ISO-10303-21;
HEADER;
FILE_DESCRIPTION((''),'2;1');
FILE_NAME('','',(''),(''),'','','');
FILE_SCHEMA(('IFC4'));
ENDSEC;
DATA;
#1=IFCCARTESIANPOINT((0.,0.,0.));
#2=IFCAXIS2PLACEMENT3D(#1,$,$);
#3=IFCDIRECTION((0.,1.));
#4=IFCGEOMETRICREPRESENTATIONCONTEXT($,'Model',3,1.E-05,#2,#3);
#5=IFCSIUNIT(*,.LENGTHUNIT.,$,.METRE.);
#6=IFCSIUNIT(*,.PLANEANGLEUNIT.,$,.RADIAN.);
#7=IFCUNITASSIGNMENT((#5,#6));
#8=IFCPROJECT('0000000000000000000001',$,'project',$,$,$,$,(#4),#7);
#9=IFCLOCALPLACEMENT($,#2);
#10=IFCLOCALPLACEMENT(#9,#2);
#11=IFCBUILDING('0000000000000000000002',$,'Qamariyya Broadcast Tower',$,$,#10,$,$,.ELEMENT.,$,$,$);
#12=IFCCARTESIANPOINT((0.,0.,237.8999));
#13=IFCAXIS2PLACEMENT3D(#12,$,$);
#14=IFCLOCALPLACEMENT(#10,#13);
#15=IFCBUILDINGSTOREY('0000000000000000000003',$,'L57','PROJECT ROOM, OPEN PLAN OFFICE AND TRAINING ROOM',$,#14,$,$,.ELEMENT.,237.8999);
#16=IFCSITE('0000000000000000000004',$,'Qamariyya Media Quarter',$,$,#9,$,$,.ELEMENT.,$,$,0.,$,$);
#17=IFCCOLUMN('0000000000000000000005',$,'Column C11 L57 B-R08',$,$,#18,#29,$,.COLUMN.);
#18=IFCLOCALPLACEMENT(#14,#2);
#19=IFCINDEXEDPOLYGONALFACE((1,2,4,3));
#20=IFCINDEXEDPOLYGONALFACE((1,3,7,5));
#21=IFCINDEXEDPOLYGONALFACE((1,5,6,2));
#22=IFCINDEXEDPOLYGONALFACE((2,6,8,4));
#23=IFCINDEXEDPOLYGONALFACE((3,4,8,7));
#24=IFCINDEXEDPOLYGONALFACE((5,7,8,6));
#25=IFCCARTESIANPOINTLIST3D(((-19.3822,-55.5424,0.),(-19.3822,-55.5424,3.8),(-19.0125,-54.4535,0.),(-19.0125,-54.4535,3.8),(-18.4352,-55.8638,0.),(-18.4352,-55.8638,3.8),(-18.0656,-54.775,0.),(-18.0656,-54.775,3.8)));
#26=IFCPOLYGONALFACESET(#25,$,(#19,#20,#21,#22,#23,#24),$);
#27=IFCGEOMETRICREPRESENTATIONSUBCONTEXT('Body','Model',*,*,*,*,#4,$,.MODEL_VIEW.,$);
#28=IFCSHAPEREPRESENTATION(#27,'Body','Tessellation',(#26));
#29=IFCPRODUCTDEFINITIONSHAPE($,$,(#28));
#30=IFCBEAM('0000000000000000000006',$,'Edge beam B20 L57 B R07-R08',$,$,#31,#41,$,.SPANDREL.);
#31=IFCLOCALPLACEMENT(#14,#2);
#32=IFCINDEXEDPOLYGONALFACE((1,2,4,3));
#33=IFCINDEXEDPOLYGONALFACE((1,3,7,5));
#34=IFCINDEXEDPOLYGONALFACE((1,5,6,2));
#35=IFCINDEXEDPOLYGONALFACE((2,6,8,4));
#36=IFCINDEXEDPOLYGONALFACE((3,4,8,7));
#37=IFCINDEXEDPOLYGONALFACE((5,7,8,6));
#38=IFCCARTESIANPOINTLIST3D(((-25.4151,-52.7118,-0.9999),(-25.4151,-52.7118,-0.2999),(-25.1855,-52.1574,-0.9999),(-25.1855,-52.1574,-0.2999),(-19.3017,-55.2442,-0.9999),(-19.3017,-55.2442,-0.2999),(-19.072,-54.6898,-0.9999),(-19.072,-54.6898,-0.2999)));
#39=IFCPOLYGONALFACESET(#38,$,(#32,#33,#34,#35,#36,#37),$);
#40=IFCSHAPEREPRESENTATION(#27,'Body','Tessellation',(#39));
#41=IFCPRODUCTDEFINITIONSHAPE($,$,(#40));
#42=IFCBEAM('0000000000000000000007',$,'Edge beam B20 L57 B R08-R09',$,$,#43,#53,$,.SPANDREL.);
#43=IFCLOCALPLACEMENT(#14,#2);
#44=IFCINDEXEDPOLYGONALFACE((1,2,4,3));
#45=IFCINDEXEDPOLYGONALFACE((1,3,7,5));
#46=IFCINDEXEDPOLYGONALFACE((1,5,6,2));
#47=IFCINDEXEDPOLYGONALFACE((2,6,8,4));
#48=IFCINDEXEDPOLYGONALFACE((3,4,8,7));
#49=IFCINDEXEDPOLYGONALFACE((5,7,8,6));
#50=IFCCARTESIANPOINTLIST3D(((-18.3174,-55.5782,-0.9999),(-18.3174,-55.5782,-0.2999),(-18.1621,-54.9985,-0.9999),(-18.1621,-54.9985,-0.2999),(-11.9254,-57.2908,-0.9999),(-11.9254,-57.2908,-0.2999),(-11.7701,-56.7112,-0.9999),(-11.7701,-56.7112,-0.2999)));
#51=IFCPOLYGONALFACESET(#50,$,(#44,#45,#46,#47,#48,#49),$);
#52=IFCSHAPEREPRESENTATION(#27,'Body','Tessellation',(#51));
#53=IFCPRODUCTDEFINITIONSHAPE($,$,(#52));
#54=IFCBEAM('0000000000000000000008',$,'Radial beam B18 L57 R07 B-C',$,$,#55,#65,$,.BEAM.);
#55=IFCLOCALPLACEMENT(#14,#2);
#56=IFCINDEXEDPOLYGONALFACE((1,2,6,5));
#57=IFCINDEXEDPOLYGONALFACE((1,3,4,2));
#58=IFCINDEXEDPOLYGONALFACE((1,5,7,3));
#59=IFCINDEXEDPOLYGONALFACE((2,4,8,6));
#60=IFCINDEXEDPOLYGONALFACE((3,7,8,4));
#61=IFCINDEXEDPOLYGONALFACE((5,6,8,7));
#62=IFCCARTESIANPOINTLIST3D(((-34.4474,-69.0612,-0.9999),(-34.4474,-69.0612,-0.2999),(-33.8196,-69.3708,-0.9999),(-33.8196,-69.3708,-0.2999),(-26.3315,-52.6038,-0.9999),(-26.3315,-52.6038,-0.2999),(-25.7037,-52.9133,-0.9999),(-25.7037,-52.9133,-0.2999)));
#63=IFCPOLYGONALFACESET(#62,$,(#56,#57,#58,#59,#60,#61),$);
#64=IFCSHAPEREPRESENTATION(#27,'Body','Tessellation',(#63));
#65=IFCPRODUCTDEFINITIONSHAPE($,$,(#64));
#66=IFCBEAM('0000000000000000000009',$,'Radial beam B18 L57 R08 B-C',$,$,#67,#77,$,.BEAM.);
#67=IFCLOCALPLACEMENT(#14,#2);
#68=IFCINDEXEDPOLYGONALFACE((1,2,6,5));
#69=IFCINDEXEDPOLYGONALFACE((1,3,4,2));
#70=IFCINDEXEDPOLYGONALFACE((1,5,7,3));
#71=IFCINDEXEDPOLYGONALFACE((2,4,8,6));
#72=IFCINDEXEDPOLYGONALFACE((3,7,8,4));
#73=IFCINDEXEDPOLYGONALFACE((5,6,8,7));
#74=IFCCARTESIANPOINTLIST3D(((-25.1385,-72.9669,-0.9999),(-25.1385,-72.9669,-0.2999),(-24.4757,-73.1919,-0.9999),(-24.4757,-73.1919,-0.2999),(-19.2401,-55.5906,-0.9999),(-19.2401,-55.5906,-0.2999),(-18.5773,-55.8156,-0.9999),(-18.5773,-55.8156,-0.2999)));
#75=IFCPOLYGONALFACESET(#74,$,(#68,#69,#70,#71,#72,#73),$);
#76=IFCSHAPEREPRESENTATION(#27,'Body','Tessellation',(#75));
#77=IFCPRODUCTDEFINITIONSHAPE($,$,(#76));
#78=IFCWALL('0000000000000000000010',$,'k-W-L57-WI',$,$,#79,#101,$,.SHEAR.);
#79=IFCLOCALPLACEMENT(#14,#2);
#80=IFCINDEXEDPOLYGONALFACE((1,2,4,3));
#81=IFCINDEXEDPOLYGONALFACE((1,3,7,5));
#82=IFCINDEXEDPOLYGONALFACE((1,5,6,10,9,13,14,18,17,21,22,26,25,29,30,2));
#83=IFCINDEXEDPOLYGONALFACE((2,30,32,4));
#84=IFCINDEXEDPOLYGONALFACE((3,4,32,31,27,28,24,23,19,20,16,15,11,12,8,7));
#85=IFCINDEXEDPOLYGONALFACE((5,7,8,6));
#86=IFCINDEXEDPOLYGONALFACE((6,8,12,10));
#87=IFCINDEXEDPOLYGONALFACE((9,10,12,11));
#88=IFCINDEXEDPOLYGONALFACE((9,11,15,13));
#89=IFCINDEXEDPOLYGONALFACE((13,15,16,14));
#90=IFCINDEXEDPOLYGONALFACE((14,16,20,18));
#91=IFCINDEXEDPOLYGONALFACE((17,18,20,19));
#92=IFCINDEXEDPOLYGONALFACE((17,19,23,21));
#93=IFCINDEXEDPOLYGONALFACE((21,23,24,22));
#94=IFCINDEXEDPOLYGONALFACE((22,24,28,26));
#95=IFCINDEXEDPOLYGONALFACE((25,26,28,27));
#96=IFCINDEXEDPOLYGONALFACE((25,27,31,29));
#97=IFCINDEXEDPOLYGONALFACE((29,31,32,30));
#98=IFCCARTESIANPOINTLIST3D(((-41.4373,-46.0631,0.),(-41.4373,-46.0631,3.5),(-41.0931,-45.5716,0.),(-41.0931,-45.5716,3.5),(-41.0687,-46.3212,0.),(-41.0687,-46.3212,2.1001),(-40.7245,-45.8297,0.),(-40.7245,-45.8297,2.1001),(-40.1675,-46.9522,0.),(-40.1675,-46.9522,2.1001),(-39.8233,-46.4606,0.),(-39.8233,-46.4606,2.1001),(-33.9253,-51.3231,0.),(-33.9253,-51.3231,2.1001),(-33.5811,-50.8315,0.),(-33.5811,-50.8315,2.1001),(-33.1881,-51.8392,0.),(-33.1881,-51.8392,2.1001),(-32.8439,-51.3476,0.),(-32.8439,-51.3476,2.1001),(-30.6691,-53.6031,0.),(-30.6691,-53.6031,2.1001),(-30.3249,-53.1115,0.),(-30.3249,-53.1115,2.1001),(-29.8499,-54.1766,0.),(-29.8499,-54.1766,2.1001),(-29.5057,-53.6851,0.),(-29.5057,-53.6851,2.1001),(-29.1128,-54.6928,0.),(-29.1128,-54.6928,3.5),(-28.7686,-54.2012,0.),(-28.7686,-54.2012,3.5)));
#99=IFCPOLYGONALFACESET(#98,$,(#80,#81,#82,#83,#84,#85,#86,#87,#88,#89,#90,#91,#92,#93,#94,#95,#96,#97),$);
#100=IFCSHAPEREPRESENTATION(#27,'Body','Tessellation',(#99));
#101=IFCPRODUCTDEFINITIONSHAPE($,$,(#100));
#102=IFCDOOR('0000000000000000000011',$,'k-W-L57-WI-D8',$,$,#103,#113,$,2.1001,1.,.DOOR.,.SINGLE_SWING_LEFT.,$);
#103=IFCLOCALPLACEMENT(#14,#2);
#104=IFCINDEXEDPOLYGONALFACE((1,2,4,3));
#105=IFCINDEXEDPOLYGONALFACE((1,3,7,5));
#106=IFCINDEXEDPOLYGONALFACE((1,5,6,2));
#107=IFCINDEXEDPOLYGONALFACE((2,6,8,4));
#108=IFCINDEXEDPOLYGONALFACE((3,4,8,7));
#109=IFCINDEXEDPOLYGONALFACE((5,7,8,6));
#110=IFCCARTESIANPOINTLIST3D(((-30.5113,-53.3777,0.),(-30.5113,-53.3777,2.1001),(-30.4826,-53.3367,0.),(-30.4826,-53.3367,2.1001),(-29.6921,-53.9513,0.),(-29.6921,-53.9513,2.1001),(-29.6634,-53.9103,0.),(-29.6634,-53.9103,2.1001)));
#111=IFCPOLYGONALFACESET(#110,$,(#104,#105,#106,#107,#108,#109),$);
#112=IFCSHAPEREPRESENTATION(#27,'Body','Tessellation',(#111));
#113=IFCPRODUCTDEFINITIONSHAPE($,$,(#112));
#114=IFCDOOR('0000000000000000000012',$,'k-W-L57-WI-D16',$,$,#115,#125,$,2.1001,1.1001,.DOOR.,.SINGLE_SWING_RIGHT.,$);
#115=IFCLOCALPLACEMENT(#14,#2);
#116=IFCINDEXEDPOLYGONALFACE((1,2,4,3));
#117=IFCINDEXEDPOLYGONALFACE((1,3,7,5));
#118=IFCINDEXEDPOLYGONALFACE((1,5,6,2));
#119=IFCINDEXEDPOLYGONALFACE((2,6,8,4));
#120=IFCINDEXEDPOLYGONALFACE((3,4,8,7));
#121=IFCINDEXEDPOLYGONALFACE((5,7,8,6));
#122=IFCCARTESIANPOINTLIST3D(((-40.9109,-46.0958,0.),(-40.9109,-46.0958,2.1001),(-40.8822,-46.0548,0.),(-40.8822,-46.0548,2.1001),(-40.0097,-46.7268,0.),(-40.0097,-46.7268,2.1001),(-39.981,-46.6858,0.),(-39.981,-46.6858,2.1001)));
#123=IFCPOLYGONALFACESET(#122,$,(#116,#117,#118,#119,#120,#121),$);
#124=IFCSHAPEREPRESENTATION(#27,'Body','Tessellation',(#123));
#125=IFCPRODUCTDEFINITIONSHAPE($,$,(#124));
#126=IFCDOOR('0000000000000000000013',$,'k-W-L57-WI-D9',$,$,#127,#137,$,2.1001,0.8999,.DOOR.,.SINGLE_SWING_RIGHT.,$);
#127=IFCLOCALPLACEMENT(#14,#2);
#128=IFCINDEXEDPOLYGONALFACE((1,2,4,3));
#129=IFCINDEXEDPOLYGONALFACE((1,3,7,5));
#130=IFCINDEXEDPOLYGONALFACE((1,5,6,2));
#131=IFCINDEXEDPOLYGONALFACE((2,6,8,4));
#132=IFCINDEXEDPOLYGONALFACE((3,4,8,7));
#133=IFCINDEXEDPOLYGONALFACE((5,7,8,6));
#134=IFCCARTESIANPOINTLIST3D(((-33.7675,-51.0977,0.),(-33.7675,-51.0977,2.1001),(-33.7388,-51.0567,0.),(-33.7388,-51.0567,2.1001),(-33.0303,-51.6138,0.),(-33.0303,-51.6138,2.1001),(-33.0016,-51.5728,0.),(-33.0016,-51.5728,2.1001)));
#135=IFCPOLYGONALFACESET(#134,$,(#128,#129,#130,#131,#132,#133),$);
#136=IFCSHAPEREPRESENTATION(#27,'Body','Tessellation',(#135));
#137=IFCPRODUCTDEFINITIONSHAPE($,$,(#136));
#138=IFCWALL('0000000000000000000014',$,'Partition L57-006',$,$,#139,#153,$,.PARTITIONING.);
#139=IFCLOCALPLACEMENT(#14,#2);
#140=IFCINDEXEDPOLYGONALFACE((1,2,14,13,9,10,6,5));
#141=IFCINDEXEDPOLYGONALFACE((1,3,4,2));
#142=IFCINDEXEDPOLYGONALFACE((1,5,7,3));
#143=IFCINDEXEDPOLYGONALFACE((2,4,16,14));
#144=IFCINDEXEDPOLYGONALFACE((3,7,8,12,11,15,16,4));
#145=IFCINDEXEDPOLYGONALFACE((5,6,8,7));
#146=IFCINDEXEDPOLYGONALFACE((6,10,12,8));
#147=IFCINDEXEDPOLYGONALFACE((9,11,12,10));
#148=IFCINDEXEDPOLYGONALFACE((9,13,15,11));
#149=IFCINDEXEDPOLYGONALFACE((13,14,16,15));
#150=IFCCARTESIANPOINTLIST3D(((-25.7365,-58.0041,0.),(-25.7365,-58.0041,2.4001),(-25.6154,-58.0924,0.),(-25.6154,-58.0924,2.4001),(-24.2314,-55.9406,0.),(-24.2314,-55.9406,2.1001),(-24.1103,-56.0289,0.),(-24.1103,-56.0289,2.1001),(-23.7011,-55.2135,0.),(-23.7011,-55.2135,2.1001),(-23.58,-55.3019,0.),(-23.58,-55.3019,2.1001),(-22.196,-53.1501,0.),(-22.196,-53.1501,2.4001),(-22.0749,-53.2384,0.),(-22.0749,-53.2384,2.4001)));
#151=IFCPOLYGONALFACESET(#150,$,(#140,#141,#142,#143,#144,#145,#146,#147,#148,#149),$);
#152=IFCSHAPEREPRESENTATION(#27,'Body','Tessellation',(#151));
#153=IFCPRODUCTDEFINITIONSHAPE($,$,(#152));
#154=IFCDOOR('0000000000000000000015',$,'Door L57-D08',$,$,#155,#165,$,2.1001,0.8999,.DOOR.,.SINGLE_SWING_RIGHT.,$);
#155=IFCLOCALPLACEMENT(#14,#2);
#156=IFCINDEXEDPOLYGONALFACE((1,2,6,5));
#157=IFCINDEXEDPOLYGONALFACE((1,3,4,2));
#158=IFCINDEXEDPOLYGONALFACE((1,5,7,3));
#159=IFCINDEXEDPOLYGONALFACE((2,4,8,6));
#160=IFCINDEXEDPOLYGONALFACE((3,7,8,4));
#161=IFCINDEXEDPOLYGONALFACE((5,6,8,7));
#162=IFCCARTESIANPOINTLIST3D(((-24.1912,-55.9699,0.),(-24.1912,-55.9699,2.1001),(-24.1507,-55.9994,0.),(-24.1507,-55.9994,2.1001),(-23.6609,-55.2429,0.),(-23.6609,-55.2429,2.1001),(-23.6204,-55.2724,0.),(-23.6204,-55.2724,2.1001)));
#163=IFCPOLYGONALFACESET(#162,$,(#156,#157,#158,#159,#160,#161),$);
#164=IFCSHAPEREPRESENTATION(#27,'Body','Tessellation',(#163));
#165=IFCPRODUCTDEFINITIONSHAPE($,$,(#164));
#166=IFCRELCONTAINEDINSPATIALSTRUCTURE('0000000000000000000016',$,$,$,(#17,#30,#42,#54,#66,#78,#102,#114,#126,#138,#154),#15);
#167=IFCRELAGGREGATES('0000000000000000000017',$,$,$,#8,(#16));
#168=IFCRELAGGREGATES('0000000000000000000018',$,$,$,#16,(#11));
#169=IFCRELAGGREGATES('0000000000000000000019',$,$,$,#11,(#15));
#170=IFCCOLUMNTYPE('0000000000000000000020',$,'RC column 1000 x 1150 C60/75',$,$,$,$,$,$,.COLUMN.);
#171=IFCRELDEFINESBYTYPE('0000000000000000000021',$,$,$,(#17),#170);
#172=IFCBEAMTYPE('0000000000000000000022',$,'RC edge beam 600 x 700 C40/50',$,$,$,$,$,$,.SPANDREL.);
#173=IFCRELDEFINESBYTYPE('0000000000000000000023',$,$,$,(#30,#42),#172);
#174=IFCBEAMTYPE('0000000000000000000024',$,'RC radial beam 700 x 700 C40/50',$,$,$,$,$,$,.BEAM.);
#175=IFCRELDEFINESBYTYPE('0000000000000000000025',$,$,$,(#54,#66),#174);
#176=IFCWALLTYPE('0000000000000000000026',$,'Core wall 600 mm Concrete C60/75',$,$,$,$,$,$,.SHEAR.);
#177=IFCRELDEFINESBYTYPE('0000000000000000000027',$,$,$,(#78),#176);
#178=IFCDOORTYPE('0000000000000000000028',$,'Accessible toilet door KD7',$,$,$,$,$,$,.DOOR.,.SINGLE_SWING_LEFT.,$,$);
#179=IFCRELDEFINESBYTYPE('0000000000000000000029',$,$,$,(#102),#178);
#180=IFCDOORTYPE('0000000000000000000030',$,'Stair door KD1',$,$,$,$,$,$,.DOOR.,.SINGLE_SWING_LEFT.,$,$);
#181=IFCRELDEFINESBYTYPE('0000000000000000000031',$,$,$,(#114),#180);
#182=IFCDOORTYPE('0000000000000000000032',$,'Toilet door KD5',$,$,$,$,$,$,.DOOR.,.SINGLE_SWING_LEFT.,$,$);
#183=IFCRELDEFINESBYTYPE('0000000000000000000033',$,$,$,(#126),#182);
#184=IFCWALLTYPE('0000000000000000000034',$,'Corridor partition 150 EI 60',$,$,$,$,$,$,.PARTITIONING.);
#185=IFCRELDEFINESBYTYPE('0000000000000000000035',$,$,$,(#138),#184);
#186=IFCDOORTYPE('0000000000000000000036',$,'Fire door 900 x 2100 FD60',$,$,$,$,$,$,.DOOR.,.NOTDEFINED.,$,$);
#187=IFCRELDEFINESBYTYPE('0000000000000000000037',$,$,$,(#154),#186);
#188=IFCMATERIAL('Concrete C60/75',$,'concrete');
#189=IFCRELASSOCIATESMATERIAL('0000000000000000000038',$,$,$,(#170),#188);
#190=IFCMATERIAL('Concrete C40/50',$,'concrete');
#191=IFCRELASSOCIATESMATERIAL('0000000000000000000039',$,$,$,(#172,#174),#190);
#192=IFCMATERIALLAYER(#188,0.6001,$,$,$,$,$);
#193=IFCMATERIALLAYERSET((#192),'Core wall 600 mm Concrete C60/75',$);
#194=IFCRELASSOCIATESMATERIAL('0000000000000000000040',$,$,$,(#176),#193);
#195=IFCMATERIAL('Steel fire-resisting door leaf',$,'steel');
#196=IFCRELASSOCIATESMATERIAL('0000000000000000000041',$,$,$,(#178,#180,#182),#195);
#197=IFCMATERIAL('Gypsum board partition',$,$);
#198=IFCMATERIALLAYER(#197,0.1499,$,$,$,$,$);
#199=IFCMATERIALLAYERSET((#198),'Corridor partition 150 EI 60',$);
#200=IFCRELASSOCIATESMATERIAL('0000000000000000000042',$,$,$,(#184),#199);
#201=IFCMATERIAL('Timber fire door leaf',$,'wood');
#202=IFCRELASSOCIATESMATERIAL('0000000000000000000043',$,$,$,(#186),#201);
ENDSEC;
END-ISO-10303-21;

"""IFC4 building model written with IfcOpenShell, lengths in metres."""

from ifc_helpers import new_model, si_unit, direction, frame, frame_2d, origin, origin_2d, place, context, subcontext, project, spatial, rectangle, extrude, material, layer, layer_set, material_profile, profile_set, type_object, element, fill, save


model = new_model("IFC4")

# Units and contexts
model_context = context("Model", 3, precision=1e-05, world=origin(), true_north=direction((0.0, 1.0)))
body_context = subcontext(model_context, "Body", "Model", "MODEL_VIEW")
ifc_project = project(units=[si_unit("LENGTHUNIT", "METRE"), si_unit("PLANEANGLEUNIT", "RADIAN")], contexts=[model_context])

# Site, building, storey
site_placement = place(None, origin())
site = spatial("IfcSite", under=ifc_project, at=site_placement, Name="Qamariyya Media Quarter", CompositionType="ELEMENT", RefElevation=0.0)
building_placement = place(site_placement, origin())
building = spatial("IfcBuilding", under=site, at=building_placement, Name="Qamariyya Broadcast Tower", CompositionType="ELEMENT")
storey_placement = place(building_placement, frame((0.0, 0.0, 237.8999)))
storey = spatial("IfcBuildingStorey", under=building, at=storey_placement, Name="L57", Description="PROJECT ROOM, OPEN PLAN OFFICE AND TRAINING ROOM", CompositionType="ELEMENT", Elevation=237.8999)

# Column
ifc_material_1 = material(Name="Concrete C60/75", Category="concrete")
ifc_material_profile_1 = material_profile(ifc_material_1, rectangle(XDim=1.0, YDim=1.1499, at=origin_2d()))
ifc_profile_set_1 = profile_set([ifc_material_profile_1], Name="Concrete C60/75")
column_type = type_object("IfcColumnType", Name="RC column 1000 x 1150 C60/75", PredefinedType="COLUMN", material=ifc_profile_set_1)
column_placement = place(storey_placement, frame((-18.7239, -55.1587, 0.0), z_axis=(0.0, 0.0, 1.0), x_axis=(0.94693, -0.321439, 0.0)))
element("IfcColumn", 1, at=column_placement, inside=storey, type_object=column_type, Name="Column C11 L57 B-R08", PredefinedType="COLUMN", context=body_context, shape_type="SweptSolid", body=[
    extrude(rectangle(XDim=1.0, YDim=1.1499, at=origin_2d()), origin(), (0.0, 0.0, 1.0), 3.8),
])

# Beams
ifc_material_2 = material(Name="Concrete C40/50", Category="concrete")
ifc_material_profile_2 = material_profile(ifc_material_2, rectangle(XDim=0.6001, YDim=0.7, at=origin_2d()))
ifc_profile_set_2 = profile_set([ifc_material_profile_2], Name="Concrete C40/50")
beam_type_1 = type_object("IfcBeamType", Name="RC edge beam 600 x 700 C40/50", PredefinedType="SPANDREL", material=ifc_profile_set_2)
beam_1_placement = place(storey_placement, frame((-25.3003, -52.4346, -0.6499), z_axis=(0.923871, -0.382705, 0.0), x_axis=(0.382705, 0.923871, 0.0)))
element("IfcBeam", 2, at=beam_1_placement, inside=storey, type_object=beam_type_1, Name="Edge beam B20 L57 B R07-R08", PredefinedType="SPANDREL", context=body_context, shape_type="SweptSolid", body=[
    extrude(rectangle(XDim=0.6001, YDim=0.7, at=origin_2d()), origin(), (0.0, 0.0, 1.0), 6.6172),
])
beam_2_placement = place(storey_placement, frame((-18.2397, -55.2883, -0.6499), z_axis=(0.965927, -0.258813, 0.0), x_axis=(0.258813, 0.965927, 0.0)))
element("IfcBeam", 3, at=beam_2_placement, inside=storey, type_object=beam_type_1, Name="Edge beam B20 L57 B R08-R09", PredefinedType="SPANDREL", context=body_context, shape_type="SweptSolid", body=[
    extrude(rectangle(XDim=0.6001, YDim=0.7, at=origin_2d()), origin(), (0.0, 0.0, 1.0), 6.6174),
])
ifc_material_profile_3 = material_profile(ifc_material_2, rectangle(XDim=0.7, YDim=0.7, at=origin_2d()))
ifc_profile_set_3 = profile_set([ifc_material_profile_3], Name="Concrete C40/50")
beam_type_2 = type_object("IfcBeamType", Name="RC radial beam 700 x 700 C40/50", PredefinedType="BEAM", material=ifc_profile_set_3)
beam_3_placement = place(storey_placement, frame((-26.0176, -52.7585, -0.6499), z_axis=(-0.442289, -0.896872, 0.0), x_axis=(0.896872, -0.442289, 0.0)))
element("IfcBeam", 4, at=beam_3_placement, inside=storey, type_object=beam_type_2, Name="Radial beam B18 L57 R07 B-C", PredefinedType="BEAM", context=body_context, shape_type="SweptSolid", body=[
    extrude(rectangle(XDim=0.7, YDim=0.7, at=origin_2d()), origin(), (0.0, 0.0, 1.0), 18.3499),
])
beam_4_placement = place(storey_placement, frame((-18.9087, -55.7031, -0.6499), z_axis=(-0.32144, -0.94693, 0.0), x_axis=(0.94693, -0.32144, 0.0)))
element("IfcBeam", 5, at=beam_4_placement, inside=storey, type_object=beam_type_2, Name="Radial beam B18 L57 R08 B-C", PredefinedType="BEAM", context=body_context, shape_type="SweptSolid", body=[
    extrude(rectangle(XDim=0.7, YDim=0.7, at=origin_2d()), origin(), (0.0, 0.0, 1.0), 18.3501),
])

# Wall, openings, doors
ifc_layer_1 = layer(ifc_material_1, 0.6001)
ifc_layer_set_1 = layer_set([ifc_layer_1], Name="Core wall 600 mm Concrete C60/75")
wall_type_1 = type_object("IfcWallType", Name="Core wall 600 mm Concrete C60/75", PredefinedType="SHEAR", material=ifc_layer_set_1)
wall_1_placement = place(storey_placement, frame((-28.9407, -54.447, 0.0), z_axis=(0.0, 0.0, 1.0), x_axis=(-0.819153, 0.573575, 0.0)))
wall_1 = element("IfcWall", 6, at=wall_1_placement, inside=storey, type_object=wall_type_1, Name="k-W-L57-WI", PredefinedType="SHEAR", context=body_context, shape_type="SweptSolid", body=[
    extrude(rectangle(XDim=15.0454, YDim=0.6001, at=frame_2d((7.5227, 0.0))), origin(), (0.0, 0.0, 1.0), 3.5),
])
opening_1_placement = place(wall_1_placement, frame((0.8999, 0.0, 0.0)))
opening_1 = element("IfcOpeningElement", 7, at=opening_1_placement, cuts=wall_1, PredefinedType="OPENING", context=body_context, shape_type="SweptSolid", body=[
    extrude(rectangle(XDim=1.0, YDim=2.1001, at=frame_2d((0.5, 1.05))), frame((0.0, 0.3101, 0.0), z_axis=(0.0, -1.0, 0.0), x_axis=(1.0, 0.0, 0.0)), (0.0, 0.0, 1.0), 0.6201),
])
opening_2_placement = place(wall_1_placement, frame((4.9751, 0.0, 0.0)))
opening_2 = element("IfcOpeningElement", 8, at=opening_2_placement, cuts=wall_1, PredefinedType="OPENING", context=body_context, shape_type="SweptSolid", body=[
    extrude(rectangle(XDim=0.8999, YDim=2.1001, at=frame_2d((0.45, 1.05))), frame((0.0, 0.3101, 0.0), z_axis=(0.0, -1.0, 0.0), x_axis=(1.0, 0.0, 0.0)), (0.0, 0.0, 1.0), 0.6201),
])
opening_3_placement = place(wall_1_placement, frame((13.4954, 0.0, 0.0)))
opening_3 = element("IfcOpeningElement", 9, at=opening_3_placement, cuts=wall_1, PredefinedType="OPENING", context=body_context, shape_type="SweptSolid", body=[
    extrude(rectangle(XDim=1.1001, YDim=2.1001, at=frame_2d((0.55, 1.05))), frame((0.0, 0.3101, 0.0), z_axis=(0.0, -1.0, 0.0), x_axis=(1.0, 0.0, 0.0)), (0.0, 0.0, 1.0), 0.6201),
])
ifc_material_3 = material(Name="Steel fire-resisting door leaf", Category="steel")
door_type_1 = type_object("IfcDoorType", Name="Accessible toilet door KD7", OperationType="SINGLE_SWING_LEFT", PredefinedType="DOOR", material=ifc_material_3)
door_1_placement = place(opening_1_placement, origin())
door_1 = element("IfcDoor", 10, at=door_1_placement, inside=storey, type_object=door_type_1, Name="k-W-L57-WI-D8", OperationType="SINGLE_SWING_LEFT", OverallHeight=2.1001, OverallWidth=1.0, PredefinedType="DOOR", context=body_context, shape_type="SweptSolid", body=[
    extrude(rectangle(XDim=1.0, YDim=2.1001, at=frame_2d((0.5, 1.05))), frame((0.0, 0.0249, 0.0), z_axis=(0.0, -1.0, 0.0), x_axis=(1.0, 0.0, 0.0)), (0.0, 0.0, 1.0), 0.05),
])
fill(opening_1, door_1)
door_type_2 = type_object("IfcDoorType", Name="Stair door KD1", OperationType="SINGLE_SWING_LEFT", PredefinedType="DOOR", material=ifc_material_3)
door_2_placement = place(opening_3_placement, origin())
door_2 = element("IfcDoor", 11, at=door_2_placement, inside=storey, type_object=door_type_2, Name="k-W-L57-WI-D16", OperationType="SINGLE_SWING_RIGHT", OverallHeight=2.1001, OverallWidth=1.1001, PredefinedType="DOOR", context=body_context, shape_type="SweptSolid", body=[
    extrude(rectangle(XDim=1.1001, YDim=2.1001, at=frame_2d((0.55, 1.05))), frame((0.0, 0.0249, 0.0), z_axis=(0.0, -1.0, 0.0), x_axis=(1.0, 0.0, 0.0)), (0.0, 0.0, 1.0), 0.05),
])
fill(opening_3, door_2)
door_type_3 = type_object("IfcDoorType", Name="Toilet door KD5", OperationType="SINGLE_SWING_LEFT", PredefinedType="DOOR", material=ifc_material_3)
door_3_placement = place(opening_2_placement, origin())
door_3 = element("IfcDoor", 12, at=door_3_placement, inside=storey, type_object=door_type_3, Name="k-W-L57-WI-D9", OperationType="SINGLE_SWING_RIGHT", OverallHeight=2.1001, OverallWidth=0.8999, PredefinedType="DOOR", context=body_context, shape_type="SweptSolid", body=[
    extrude(rectangle(XDim=0.8999, YDim=2.1001, at=frame_2d((0.45, 1.05))), frame((0.0, 0.0249, 0.0), z_axis=(0.0, -1.0, 0.0), x_axis=(1.0, 0.0, 0.0)), (0.0, 0.0, 1.0), 0.05),
])
fill(opening_2, door_3)

# Wall, opening, door
ifc_material_4 = material(Name="Gypsum board partition")
ifc_layer_2 = layer(ifc_material_4, 0.1499)
ifc_layer_set_2 = layer_set([ifc_layer_2], Name="Corridor partition 150 EI 60")
wall_type_2 = type_object("IfcWallType", Name="Corridor partition 150 EI 60", PredefinedType="PARTITIONING", material=ifc_layer_set_2)
wall_2_placement = place(storey_placement, frame((-22.1355, -53.1943, 0.0), z_axis=(0.0, 0.0, 1.0), x_axis=(-0.589297, -0.807916, 0.0)))
wall_2 = element("IfcWall", 13, at=wall_2_placement, inside=storey, type_object=wall_type_2, Name="Partition L57-006", PredefinedType="PARTITIONING", context=body_context, shape_type="SweptSolid", body=[
    extrude(rectangle(XDim=6.0081, YDim=0.1499, at=frame_2d((3.0039, 0.0))), origin(), (0.0, 0.0, 1.0), 2.4001),
])
opening_4_placement = place(wall_2_placement, frame((2.554, 0.0, 0.0)))
opening_4 = element("IfcOpeningElement", 14, at=opening_4_placement, cuts=wall_2, PredefinedType="OPENING", context=body_context, shape_type="SweptSolid", body=[
    extrude(rectangle(XDim=0.8999, YDim=2.1001, at=frame_2d((0.45, 1.05))), frame((0.0, 0.085, 0.0), z_axis=(0.0, -1.0, 0.0), x_axis=(1.0, 0.0, 0.0)), (0.0, 0.0, 1.0), 0.1699),
])
ifc_material_5 = material(Name="Timber fire door leaf", Category="wood")
door_type_4 = type_object("IfcDoorType", Name="Fire door 900 x 2100 FD60", OperationType="NOTDEFINED", PredefinedType="DOOR", material=ifc_material_5)
door_4_placement = place(opening_4_placement, origin())
door_4 = element("IfcDoor", 15, at=door_4_placement, inside=storey, type_object=door_type_4, Name="Door L57-D08", OperationType="SINGLE_SWING_RIGHT", OverallHeight=2.1001, OverallWidth=0.8999, PredefinedType="DOOR", context=body_context, shape_type="SweptSolid", body=[
    extrude(rectangle(XDim=0.8999, YDim=2.1001, at=frame_2d((0.45, 1.05))), frame((0.0, 0.0249, 0.0), z_axis=(0.0, -1.0, 0.0), x_axis=(1.0, 0.0, 0.0)), (0.0, 0.0, 1.0), 0.05),
])
fill(opening_4, door_4)

save(model, "model.ifc")
